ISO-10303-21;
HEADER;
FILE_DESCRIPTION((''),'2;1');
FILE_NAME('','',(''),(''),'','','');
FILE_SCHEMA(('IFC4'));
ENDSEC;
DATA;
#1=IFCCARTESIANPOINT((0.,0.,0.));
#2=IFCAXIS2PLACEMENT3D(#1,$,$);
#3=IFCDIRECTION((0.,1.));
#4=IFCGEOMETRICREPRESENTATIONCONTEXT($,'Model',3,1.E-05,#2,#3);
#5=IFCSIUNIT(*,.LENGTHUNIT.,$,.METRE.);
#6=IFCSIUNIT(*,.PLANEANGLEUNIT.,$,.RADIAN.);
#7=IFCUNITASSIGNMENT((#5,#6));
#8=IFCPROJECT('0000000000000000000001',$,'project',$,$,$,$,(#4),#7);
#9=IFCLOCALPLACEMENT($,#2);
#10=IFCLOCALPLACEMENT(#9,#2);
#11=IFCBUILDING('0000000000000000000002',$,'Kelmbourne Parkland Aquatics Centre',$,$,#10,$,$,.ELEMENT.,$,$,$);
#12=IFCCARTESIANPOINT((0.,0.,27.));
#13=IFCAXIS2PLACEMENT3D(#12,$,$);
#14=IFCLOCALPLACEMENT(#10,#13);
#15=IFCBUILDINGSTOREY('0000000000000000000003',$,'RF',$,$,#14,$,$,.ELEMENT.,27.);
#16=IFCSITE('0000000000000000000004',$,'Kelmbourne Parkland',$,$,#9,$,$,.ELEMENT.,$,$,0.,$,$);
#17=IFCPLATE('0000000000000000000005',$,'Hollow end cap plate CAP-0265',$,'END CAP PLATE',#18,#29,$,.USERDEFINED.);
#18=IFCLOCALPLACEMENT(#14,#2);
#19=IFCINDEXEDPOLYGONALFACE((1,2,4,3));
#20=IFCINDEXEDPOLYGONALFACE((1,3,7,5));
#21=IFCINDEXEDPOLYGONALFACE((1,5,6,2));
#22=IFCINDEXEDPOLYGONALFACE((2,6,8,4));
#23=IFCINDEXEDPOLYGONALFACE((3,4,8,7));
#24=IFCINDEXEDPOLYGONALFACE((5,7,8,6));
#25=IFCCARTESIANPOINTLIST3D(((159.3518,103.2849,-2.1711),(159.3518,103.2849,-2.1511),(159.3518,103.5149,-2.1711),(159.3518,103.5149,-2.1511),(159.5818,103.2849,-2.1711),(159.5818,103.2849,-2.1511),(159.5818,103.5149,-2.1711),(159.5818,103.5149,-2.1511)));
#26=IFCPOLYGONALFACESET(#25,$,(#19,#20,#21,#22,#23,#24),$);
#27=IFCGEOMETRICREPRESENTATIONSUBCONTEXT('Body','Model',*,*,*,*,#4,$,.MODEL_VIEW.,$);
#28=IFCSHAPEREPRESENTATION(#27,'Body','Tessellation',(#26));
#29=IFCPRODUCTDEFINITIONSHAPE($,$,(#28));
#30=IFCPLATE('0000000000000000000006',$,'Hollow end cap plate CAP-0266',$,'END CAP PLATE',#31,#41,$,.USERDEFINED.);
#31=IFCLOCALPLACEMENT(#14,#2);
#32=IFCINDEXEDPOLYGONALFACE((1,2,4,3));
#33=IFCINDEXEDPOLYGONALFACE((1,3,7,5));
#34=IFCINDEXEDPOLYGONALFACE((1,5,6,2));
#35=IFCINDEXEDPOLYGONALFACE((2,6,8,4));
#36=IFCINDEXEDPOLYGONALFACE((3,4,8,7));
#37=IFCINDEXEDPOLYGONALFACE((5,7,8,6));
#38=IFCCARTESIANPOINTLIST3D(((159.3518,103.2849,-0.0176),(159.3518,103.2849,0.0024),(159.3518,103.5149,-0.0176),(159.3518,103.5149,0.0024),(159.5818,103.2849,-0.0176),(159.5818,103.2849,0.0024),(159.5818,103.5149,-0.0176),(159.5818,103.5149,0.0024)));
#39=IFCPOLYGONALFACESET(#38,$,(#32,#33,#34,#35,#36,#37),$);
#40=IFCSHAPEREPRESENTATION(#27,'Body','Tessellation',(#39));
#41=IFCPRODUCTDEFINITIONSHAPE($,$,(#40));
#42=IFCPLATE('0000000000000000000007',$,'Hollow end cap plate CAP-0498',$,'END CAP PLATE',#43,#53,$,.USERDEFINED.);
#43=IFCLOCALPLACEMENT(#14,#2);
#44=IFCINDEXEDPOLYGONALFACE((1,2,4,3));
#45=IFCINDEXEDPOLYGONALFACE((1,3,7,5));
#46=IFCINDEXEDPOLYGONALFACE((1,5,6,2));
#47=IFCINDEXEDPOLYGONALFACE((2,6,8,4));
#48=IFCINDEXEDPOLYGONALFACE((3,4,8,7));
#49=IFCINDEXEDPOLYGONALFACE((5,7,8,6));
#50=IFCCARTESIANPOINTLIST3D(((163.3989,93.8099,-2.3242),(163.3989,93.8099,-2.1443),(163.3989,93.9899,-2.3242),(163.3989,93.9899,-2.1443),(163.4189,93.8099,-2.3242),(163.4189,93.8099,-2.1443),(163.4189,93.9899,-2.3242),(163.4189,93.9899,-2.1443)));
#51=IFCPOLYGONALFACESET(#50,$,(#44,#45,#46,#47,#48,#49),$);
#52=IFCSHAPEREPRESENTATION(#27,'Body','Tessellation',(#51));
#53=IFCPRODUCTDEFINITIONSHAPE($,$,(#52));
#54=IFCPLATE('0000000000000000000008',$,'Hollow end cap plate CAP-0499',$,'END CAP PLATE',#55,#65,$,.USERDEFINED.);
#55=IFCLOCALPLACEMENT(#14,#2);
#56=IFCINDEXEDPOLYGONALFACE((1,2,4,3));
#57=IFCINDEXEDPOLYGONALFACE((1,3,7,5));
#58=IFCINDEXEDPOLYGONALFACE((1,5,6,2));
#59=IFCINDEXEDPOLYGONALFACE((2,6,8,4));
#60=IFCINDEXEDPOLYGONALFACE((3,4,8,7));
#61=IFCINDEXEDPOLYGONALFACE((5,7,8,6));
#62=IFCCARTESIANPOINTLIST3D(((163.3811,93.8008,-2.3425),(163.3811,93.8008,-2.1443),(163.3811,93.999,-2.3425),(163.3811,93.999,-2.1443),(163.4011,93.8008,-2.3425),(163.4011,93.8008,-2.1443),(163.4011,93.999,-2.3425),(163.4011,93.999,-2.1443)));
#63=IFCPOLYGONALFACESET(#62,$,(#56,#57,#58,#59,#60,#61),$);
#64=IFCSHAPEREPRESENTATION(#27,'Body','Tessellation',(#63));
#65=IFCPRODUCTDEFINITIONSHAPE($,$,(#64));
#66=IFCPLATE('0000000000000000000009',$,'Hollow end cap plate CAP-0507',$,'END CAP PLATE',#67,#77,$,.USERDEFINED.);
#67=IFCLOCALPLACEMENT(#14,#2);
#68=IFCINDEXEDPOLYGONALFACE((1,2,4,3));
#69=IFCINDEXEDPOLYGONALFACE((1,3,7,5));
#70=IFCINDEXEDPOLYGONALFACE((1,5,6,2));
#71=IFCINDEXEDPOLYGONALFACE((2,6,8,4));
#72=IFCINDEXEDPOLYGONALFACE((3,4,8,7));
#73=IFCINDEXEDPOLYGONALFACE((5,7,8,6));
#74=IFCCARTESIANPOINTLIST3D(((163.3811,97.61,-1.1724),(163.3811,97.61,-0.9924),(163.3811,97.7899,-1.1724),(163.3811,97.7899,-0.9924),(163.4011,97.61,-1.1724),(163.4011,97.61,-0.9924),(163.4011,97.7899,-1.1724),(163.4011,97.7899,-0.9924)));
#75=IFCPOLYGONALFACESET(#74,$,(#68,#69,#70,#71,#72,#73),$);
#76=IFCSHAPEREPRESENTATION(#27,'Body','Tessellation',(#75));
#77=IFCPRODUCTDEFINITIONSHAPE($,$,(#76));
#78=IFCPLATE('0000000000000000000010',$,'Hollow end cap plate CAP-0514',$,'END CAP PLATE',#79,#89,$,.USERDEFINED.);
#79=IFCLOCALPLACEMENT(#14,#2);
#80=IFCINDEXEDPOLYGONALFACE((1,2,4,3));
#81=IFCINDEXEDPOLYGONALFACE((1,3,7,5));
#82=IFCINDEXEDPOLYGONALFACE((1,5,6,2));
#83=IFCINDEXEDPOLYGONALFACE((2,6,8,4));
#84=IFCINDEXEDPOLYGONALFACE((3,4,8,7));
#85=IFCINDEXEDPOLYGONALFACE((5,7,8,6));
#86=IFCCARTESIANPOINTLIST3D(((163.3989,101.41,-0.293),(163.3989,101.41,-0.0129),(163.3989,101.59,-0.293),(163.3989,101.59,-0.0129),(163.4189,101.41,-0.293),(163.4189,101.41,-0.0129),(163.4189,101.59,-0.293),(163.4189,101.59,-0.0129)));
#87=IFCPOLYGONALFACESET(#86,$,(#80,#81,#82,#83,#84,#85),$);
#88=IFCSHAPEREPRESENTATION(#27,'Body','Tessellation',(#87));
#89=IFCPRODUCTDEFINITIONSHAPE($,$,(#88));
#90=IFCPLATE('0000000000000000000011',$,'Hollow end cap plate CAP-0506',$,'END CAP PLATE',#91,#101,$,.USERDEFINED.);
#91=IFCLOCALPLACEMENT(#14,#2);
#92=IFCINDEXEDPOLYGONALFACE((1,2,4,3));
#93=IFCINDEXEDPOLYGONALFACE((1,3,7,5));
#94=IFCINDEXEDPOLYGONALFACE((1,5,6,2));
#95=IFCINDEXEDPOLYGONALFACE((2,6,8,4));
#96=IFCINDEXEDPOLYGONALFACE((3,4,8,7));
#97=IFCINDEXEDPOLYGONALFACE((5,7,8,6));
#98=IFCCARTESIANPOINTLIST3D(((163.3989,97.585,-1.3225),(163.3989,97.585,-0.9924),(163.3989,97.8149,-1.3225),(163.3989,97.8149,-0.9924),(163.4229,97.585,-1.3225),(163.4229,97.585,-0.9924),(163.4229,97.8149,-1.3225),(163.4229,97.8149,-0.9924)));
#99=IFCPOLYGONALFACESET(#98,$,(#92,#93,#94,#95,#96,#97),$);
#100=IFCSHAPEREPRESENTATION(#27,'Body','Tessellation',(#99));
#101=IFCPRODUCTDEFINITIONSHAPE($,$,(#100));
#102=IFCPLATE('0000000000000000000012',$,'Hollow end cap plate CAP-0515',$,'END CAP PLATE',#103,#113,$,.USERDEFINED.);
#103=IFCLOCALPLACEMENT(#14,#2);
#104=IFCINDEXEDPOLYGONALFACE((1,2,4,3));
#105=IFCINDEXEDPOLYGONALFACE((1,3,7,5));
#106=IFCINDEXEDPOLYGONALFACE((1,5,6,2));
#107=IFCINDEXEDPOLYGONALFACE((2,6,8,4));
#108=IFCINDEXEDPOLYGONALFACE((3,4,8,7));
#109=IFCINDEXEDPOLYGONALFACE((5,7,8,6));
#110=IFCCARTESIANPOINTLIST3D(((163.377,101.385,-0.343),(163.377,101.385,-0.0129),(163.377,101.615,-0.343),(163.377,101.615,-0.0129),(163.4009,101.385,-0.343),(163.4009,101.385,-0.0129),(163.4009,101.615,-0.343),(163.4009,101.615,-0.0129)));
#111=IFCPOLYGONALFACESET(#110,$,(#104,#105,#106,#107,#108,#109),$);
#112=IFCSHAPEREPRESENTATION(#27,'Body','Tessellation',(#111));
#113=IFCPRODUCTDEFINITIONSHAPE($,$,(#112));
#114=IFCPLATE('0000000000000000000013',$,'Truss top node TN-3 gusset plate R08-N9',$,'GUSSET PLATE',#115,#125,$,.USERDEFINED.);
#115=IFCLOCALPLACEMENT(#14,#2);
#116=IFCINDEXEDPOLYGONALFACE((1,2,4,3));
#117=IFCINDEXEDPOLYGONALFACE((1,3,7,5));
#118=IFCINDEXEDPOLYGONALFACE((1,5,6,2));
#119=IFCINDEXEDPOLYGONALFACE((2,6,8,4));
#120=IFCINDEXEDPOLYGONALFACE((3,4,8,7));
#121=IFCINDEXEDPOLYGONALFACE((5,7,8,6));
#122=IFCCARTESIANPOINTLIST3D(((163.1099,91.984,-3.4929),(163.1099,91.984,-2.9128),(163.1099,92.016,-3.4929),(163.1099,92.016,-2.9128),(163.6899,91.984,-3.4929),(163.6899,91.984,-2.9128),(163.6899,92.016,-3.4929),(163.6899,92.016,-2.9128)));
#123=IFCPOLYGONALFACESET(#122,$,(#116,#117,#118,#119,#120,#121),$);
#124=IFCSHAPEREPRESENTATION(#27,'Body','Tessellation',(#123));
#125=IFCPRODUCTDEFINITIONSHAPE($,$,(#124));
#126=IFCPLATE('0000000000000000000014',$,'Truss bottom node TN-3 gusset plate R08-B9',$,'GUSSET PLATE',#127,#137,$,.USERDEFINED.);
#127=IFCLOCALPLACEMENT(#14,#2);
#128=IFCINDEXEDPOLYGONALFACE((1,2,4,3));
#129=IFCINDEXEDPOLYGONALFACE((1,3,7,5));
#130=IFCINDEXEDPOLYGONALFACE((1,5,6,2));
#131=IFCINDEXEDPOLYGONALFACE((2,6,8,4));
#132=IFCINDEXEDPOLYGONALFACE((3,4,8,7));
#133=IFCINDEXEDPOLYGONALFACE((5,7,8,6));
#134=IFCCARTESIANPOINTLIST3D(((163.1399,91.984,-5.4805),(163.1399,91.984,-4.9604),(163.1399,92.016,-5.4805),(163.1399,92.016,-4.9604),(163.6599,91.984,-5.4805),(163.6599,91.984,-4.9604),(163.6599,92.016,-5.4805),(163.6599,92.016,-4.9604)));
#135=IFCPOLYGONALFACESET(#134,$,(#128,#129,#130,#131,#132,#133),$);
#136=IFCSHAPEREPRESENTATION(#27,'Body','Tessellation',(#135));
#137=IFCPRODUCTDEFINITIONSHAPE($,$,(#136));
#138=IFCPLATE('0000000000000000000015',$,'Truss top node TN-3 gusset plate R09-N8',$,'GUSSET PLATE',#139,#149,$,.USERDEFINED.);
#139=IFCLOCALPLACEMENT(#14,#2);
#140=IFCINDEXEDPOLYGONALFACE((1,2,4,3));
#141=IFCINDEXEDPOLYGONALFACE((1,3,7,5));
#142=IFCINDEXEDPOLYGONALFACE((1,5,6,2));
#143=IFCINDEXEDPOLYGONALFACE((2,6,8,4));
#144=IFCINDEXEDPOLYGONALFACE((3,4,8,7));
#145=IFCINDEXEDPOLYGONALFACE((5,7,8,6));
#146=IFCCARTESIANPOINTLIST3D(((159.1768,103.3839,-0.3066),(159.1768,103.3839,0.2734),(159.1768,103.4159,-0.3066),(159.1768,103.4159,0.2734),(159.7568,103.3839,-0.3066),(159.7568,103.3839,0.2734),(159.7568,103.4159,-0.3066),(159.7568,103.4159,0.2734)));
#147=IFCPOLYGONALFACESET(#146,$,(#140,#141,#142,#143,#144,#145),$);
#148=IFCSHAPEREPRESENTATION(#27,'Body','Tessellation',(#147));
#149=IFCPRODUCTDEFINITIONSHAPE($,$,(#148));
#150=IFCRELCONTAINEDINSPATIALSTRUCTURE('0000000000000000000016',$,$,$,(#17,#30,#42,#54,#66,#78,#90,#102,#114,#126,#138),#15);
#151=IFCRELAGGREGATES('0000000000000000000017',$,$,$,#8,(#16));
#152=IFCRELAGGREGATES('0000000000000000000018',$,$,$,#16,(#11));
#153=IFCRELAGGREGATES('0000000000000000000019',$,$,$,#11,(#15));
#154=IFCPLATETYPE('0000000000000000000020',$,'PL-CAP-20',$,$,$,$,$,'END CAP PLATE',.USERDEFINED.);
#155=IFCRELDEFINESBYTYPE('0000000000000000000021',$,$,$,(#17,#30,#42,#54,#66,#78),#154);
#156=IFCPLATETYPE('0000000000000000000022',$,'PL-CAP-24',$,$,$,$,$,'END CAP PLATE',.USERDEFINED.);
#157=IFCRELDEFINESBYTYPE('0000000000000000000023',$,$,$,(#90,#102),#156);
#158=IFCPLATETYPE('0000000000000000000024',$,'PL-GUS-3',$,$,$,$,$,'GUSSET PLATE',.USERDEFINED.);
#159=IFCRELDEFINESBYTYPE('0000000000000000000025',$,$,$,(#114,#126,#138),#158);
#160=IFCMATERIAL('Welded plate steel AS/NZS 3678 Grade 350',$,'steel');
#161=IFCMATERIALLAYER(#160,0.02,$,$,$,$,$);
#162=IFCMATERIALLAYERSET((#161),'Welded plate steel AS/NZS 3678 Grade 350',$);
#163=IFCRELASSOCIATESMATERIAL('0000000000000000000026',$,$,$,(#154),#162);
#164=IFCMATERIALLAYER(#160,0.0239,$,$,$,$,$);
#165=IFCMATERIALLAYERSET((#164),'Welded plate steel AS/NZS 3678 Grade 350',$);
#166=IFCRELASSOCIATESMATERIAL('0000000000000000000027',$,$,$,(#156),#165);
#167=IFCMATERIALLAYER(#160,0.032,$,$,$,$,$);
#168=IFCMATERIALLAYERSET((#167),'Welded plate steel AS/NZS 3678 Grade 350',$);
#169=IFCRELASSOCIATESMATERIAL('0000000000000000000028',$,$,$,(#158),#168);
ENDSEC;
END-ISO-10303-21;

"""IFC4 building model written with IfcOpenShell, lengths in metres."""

from ifc_helpers import new_model, si_unit, direction, frame, origin, origin_2d, place, context, subcontext, project, spatial, rectangle, extrude, material, layer, layer_set, type_object, element, save


model = new_model("IFC4")

# Units and contexts
model_context = context("Model", 3, precision=1e-05, world=origin(), true_north=direction((0.0, 1.0)))
body_context = subcontext(model_context, "Body", "Model", "MODEL_VIEW")
ifc_project = project(units=[si_unit("LENGTHUNIT", "METRE"), si_unit("PLANEANGLEUNIT", "RADIAN")], contexts=[model_context])

# Site, building, storey
site_placement = place(None, origin())
site = spatial("IfcSite", under=ifc_project, at=site_placement, Name="Kelmbourne Parkland", CompositionType="ELEMENT", RefElevation=0.0)
building_placement = place(site_placement, origin())
building = spatial("IfcBuilding", under=site, at=building_placement, Name="Kelmbourne Parkland Aquatics Centre", CompositionType="ELEMENT")
storey_placement = place(building_placement, frame((0.0, 0.0, 27.0)))
storey = spatial("IfcBuildingStorey", under=building, at=storey_placement, Name="RF", CompositionType="ELEMENT", Elevation=27.0)

# Shared definitions
ifc_material_1 = material(Name="Welded plate steel AS/NZS 3678 Grade 350", Category="steel")

# Plates
ifc_layer_1 = layer(ifc_material_1, 0.02)
ifc_layer_set_1 = layer_set([ifc_layer_1], Name="Welded plate steel AS/NZS 3678 Grade 350")
plate_type_1 = type_object("IfcPlateType", Name="PL-CAP-20", ElementType="END CAP PLATE", PredefinedType="USERDEFINED", material=ifc_layer_set_1)
for number, where, z_axis, x_axis, name in (
    (1, (159.4668, 103.3999, -2.1711), (0.0, 0.0, 1.0), (1.0, 0.0, 0.0), "Hollow end cap plate CAP-0265"),
    (2, (159.4668, 103.3999, -0.0176), (0.0, 0.0, 1.0), (1.0, 0.0, 0.0), "Hollow end cap plate CAP-0266"),
):
    element("IfcPlate", number, at=place(storey_placement, frame(where, z_axis=z_axis, x_axis=x_axis)), inside=storey, type_object=plate_type_1, Name=name, ObjectType="END CAP PLATE", PredefinedType="USERDEFINED", context=body_context, shape_type="SweptSolid", body=[
        extrude(rectangle(XDim=0.23, YDim=0.23, at=origin_2d()), origin(), (0.0, 0.0, 1.0), 0.02),
    ])
plate_1_placement = place(storey_placement, frame((163.4089, 93.8999, -2.3242), z_axis=(0.0, 0.0, 1.0), x_axis=(1.0, 0.0, 0.0)))
element("IfcPlate", 3, at=plate_1_placement, inside=storey, type_object=plate_type_1, Name="Hollow end cap plate CAP-0498", ObjectType="END CAP PLATE", PredefinedType="USERDEFINED", context=body_context, shape_type="SweptSolid", body=[
    extrude(rectangle(XDim=0.02, YDim=0.1799, at=origin_2d()), origin(), (0.0, 0.0, 1.0), 0.1799),
])
plate_2_placement = place(storey_placement, frame((163.3911, 93.8999, -2.3425), z_axis=(0.0, 0.0, 1.0), x_axis=(-1.0, 0.0, 0.0)))
element("IfcPlate", 4, at=plate_2_placement, inside=storey, type_object=plate_type_1, Name="Hollow end cap plate CAP-0499", ObjectType="END CAP PLATE", PredefinedType="USERDEFINED", context=body_context, shape_type="SweptSolid", body=[
    extrude(rectangle(XDim=0.02, YDim=0.1982, at=origin_2d()), origin(), (0.0, 0.0, 1.0), 0.1982),
])
plate_3_placement = place(storey_placement, frame((163.3911, 97.7, -1.1724), z_axis=(0.0, 0.0, 1.0), x_axis=(-1.0, 0.0, 0.0)))
element("IfcPlate", 5, at=plate_3_placement, inside=storey, type_object=plate_type_1, Name="Hollow end cap plate CAP-0507", ObjectType="END CAP PLATE", PredefinedType="USERDEFINED", context=body_context, shape_type="SweptSolid", body=[
    extrude(rectangle(XDim=0.02, YDim=0.1799, at=origin_2d()), origin(), (0.0, 0.0, 1.0), 0.1799),
])
plate_4_placement = place(storey_placement, frame((163.4089, 101.5, -0.293), z_axis=(0.0, 0.0, 1.0), x_axis=(1.0, 0.0, 0.0)))
element("IfcPlate", 6, at=plate_4_placement, inside=storey, type_object=plate_type_1, Name="Hollow end cap plate CAP-0514", ObjectType="END CAP PLATE", PredefinedType="USERDEFINED", context=body_context, shape_type="SweptSolid", body=[
    extrude(rectangle(XDim=0.02, YDim=0.1799, at=origin_2d()), origin(), (0.0, 0.0, 1.0), 0.28),
])
ifc_layer_2 = layer(ifc_material_1, 0.0239)
ifc_layer_set_2 = layer_set([ifc_layer_2], Name="Welded plate steel AS/NZS 3678 Grade 350")
plate_type_2 = type_object("IfcPlateType", Name="PL-CAP-24", ElementType="END CAP PLATE", PredefinedType="USERDEFINED", material=ifc_layer_set_2)
for number, where, z_axis, x_axis, name in (
    (7, (163.4109, 97.7, -1.3225), (0.0, 0.0, 1.0), (1.0, 0.0, 0.0), "Hollow end cap plate CAP-0506"),
    (8, (163.3889, 101.5, -0.343), (0.0, 0.0, 1.0), (-1.0, 0.0, 0.0), "Hollow end cap plate CAP-0515"),
):
    element("IfcPlate", number, at=place(storey_placement, frame(where, z_axis=z_axis, x_axis=x_axis)), inside=storey, type_object=plate_type_2, Name=name, ObjectType="END CAP PLATE", PredefinedType="USERDEFINED", context=body_context, shape_type="SweptSolid", body=[
        extrude(rectangle(XDim=0.0239, YDim=0.23, at=origin_2d()), origin(), (0.0, 0.0, 1.0), 0.3301),
    ])
ifc_layer_3 = layer(ifc_material_1, 0.032)
ifc_layer_set_3 = layer_set([ifc_layer_3], Name="Welded plate steel AS/NZS 3678 Grade 350")
plate_type_3 = type_object("IfcPlateType", Name="PL-GUS-3", ElementType="GUSSET PLATE", PredefinedType="USERDEFINED", material=ifc_layer_set_3)
plate_5_placement = place(storey_placement, frame((163.3999, 92.0, -3.4929), z_axis=(0.0, 0.0, 1.0), x_axis=(1.0, 0.0, 0.0)))
element("IfcPlate", 9, at=plate_5_placement, inside=storey, type_object=plate_type_3, Name="Truss top node TN-3 gusset plate R08-N9", ObjectType="GUSSET PLATE", PredefinedType="USERDEFINED", context=body_context, shape_type="SweptSolid", body=[
    extrude(rectangle(XDim=0.5801, YDim=0.032, at=origin_2d()), origin(), (0.0, 0.0, 1.0), 0.5801),
])
plate_6_placement = place(storey_placement, frame((163.3999, 92.0, -5.4805), z_axis=(0.0, 0.0, 1.0), x_axis=(1.0, 0.0, 0.0)))
element("IfcPlate", 10, at=plate_6_placement, inside=storey, type_object=plate_type_3, Name="Truss bottom node TN-3 gusset plate R08-B9", ObjectType="GUSSET PLATE", PredefinedType="USERDEFINED", context=body_context, shape_type="SweptSolid", body=[
    extrude(rectangle(XDim=0.52, YDim=0.032, at=origin_2d()), origin(), (0.0, 0.0, 1.0), 0.52),
])
plate_7_placement = place(storey_placement, frame((159.4668, 103.3999, -0.3066), z_axis=(0.0, 0.0, 1.0), x_axis=(1.0, 0.0, 0.0)))
element("IfcPlate", 11, at=plate_7_placement, inside=storey, type_object=plate_type_3, Name="Truss top node TN-3 gusset plate R09-N8", ObjectType="GUSSET PLATE", PredefinedType="USERDEFINED", context=body_context, shape_type="SweptSolid", body=[
    extrude(rectangle(XDim=0.5801, YDim=0.032, at=origin_2d()), origin(), (0.0, 0.0, 1.0), 0.5801),
])

save(model, "model.ifc")
